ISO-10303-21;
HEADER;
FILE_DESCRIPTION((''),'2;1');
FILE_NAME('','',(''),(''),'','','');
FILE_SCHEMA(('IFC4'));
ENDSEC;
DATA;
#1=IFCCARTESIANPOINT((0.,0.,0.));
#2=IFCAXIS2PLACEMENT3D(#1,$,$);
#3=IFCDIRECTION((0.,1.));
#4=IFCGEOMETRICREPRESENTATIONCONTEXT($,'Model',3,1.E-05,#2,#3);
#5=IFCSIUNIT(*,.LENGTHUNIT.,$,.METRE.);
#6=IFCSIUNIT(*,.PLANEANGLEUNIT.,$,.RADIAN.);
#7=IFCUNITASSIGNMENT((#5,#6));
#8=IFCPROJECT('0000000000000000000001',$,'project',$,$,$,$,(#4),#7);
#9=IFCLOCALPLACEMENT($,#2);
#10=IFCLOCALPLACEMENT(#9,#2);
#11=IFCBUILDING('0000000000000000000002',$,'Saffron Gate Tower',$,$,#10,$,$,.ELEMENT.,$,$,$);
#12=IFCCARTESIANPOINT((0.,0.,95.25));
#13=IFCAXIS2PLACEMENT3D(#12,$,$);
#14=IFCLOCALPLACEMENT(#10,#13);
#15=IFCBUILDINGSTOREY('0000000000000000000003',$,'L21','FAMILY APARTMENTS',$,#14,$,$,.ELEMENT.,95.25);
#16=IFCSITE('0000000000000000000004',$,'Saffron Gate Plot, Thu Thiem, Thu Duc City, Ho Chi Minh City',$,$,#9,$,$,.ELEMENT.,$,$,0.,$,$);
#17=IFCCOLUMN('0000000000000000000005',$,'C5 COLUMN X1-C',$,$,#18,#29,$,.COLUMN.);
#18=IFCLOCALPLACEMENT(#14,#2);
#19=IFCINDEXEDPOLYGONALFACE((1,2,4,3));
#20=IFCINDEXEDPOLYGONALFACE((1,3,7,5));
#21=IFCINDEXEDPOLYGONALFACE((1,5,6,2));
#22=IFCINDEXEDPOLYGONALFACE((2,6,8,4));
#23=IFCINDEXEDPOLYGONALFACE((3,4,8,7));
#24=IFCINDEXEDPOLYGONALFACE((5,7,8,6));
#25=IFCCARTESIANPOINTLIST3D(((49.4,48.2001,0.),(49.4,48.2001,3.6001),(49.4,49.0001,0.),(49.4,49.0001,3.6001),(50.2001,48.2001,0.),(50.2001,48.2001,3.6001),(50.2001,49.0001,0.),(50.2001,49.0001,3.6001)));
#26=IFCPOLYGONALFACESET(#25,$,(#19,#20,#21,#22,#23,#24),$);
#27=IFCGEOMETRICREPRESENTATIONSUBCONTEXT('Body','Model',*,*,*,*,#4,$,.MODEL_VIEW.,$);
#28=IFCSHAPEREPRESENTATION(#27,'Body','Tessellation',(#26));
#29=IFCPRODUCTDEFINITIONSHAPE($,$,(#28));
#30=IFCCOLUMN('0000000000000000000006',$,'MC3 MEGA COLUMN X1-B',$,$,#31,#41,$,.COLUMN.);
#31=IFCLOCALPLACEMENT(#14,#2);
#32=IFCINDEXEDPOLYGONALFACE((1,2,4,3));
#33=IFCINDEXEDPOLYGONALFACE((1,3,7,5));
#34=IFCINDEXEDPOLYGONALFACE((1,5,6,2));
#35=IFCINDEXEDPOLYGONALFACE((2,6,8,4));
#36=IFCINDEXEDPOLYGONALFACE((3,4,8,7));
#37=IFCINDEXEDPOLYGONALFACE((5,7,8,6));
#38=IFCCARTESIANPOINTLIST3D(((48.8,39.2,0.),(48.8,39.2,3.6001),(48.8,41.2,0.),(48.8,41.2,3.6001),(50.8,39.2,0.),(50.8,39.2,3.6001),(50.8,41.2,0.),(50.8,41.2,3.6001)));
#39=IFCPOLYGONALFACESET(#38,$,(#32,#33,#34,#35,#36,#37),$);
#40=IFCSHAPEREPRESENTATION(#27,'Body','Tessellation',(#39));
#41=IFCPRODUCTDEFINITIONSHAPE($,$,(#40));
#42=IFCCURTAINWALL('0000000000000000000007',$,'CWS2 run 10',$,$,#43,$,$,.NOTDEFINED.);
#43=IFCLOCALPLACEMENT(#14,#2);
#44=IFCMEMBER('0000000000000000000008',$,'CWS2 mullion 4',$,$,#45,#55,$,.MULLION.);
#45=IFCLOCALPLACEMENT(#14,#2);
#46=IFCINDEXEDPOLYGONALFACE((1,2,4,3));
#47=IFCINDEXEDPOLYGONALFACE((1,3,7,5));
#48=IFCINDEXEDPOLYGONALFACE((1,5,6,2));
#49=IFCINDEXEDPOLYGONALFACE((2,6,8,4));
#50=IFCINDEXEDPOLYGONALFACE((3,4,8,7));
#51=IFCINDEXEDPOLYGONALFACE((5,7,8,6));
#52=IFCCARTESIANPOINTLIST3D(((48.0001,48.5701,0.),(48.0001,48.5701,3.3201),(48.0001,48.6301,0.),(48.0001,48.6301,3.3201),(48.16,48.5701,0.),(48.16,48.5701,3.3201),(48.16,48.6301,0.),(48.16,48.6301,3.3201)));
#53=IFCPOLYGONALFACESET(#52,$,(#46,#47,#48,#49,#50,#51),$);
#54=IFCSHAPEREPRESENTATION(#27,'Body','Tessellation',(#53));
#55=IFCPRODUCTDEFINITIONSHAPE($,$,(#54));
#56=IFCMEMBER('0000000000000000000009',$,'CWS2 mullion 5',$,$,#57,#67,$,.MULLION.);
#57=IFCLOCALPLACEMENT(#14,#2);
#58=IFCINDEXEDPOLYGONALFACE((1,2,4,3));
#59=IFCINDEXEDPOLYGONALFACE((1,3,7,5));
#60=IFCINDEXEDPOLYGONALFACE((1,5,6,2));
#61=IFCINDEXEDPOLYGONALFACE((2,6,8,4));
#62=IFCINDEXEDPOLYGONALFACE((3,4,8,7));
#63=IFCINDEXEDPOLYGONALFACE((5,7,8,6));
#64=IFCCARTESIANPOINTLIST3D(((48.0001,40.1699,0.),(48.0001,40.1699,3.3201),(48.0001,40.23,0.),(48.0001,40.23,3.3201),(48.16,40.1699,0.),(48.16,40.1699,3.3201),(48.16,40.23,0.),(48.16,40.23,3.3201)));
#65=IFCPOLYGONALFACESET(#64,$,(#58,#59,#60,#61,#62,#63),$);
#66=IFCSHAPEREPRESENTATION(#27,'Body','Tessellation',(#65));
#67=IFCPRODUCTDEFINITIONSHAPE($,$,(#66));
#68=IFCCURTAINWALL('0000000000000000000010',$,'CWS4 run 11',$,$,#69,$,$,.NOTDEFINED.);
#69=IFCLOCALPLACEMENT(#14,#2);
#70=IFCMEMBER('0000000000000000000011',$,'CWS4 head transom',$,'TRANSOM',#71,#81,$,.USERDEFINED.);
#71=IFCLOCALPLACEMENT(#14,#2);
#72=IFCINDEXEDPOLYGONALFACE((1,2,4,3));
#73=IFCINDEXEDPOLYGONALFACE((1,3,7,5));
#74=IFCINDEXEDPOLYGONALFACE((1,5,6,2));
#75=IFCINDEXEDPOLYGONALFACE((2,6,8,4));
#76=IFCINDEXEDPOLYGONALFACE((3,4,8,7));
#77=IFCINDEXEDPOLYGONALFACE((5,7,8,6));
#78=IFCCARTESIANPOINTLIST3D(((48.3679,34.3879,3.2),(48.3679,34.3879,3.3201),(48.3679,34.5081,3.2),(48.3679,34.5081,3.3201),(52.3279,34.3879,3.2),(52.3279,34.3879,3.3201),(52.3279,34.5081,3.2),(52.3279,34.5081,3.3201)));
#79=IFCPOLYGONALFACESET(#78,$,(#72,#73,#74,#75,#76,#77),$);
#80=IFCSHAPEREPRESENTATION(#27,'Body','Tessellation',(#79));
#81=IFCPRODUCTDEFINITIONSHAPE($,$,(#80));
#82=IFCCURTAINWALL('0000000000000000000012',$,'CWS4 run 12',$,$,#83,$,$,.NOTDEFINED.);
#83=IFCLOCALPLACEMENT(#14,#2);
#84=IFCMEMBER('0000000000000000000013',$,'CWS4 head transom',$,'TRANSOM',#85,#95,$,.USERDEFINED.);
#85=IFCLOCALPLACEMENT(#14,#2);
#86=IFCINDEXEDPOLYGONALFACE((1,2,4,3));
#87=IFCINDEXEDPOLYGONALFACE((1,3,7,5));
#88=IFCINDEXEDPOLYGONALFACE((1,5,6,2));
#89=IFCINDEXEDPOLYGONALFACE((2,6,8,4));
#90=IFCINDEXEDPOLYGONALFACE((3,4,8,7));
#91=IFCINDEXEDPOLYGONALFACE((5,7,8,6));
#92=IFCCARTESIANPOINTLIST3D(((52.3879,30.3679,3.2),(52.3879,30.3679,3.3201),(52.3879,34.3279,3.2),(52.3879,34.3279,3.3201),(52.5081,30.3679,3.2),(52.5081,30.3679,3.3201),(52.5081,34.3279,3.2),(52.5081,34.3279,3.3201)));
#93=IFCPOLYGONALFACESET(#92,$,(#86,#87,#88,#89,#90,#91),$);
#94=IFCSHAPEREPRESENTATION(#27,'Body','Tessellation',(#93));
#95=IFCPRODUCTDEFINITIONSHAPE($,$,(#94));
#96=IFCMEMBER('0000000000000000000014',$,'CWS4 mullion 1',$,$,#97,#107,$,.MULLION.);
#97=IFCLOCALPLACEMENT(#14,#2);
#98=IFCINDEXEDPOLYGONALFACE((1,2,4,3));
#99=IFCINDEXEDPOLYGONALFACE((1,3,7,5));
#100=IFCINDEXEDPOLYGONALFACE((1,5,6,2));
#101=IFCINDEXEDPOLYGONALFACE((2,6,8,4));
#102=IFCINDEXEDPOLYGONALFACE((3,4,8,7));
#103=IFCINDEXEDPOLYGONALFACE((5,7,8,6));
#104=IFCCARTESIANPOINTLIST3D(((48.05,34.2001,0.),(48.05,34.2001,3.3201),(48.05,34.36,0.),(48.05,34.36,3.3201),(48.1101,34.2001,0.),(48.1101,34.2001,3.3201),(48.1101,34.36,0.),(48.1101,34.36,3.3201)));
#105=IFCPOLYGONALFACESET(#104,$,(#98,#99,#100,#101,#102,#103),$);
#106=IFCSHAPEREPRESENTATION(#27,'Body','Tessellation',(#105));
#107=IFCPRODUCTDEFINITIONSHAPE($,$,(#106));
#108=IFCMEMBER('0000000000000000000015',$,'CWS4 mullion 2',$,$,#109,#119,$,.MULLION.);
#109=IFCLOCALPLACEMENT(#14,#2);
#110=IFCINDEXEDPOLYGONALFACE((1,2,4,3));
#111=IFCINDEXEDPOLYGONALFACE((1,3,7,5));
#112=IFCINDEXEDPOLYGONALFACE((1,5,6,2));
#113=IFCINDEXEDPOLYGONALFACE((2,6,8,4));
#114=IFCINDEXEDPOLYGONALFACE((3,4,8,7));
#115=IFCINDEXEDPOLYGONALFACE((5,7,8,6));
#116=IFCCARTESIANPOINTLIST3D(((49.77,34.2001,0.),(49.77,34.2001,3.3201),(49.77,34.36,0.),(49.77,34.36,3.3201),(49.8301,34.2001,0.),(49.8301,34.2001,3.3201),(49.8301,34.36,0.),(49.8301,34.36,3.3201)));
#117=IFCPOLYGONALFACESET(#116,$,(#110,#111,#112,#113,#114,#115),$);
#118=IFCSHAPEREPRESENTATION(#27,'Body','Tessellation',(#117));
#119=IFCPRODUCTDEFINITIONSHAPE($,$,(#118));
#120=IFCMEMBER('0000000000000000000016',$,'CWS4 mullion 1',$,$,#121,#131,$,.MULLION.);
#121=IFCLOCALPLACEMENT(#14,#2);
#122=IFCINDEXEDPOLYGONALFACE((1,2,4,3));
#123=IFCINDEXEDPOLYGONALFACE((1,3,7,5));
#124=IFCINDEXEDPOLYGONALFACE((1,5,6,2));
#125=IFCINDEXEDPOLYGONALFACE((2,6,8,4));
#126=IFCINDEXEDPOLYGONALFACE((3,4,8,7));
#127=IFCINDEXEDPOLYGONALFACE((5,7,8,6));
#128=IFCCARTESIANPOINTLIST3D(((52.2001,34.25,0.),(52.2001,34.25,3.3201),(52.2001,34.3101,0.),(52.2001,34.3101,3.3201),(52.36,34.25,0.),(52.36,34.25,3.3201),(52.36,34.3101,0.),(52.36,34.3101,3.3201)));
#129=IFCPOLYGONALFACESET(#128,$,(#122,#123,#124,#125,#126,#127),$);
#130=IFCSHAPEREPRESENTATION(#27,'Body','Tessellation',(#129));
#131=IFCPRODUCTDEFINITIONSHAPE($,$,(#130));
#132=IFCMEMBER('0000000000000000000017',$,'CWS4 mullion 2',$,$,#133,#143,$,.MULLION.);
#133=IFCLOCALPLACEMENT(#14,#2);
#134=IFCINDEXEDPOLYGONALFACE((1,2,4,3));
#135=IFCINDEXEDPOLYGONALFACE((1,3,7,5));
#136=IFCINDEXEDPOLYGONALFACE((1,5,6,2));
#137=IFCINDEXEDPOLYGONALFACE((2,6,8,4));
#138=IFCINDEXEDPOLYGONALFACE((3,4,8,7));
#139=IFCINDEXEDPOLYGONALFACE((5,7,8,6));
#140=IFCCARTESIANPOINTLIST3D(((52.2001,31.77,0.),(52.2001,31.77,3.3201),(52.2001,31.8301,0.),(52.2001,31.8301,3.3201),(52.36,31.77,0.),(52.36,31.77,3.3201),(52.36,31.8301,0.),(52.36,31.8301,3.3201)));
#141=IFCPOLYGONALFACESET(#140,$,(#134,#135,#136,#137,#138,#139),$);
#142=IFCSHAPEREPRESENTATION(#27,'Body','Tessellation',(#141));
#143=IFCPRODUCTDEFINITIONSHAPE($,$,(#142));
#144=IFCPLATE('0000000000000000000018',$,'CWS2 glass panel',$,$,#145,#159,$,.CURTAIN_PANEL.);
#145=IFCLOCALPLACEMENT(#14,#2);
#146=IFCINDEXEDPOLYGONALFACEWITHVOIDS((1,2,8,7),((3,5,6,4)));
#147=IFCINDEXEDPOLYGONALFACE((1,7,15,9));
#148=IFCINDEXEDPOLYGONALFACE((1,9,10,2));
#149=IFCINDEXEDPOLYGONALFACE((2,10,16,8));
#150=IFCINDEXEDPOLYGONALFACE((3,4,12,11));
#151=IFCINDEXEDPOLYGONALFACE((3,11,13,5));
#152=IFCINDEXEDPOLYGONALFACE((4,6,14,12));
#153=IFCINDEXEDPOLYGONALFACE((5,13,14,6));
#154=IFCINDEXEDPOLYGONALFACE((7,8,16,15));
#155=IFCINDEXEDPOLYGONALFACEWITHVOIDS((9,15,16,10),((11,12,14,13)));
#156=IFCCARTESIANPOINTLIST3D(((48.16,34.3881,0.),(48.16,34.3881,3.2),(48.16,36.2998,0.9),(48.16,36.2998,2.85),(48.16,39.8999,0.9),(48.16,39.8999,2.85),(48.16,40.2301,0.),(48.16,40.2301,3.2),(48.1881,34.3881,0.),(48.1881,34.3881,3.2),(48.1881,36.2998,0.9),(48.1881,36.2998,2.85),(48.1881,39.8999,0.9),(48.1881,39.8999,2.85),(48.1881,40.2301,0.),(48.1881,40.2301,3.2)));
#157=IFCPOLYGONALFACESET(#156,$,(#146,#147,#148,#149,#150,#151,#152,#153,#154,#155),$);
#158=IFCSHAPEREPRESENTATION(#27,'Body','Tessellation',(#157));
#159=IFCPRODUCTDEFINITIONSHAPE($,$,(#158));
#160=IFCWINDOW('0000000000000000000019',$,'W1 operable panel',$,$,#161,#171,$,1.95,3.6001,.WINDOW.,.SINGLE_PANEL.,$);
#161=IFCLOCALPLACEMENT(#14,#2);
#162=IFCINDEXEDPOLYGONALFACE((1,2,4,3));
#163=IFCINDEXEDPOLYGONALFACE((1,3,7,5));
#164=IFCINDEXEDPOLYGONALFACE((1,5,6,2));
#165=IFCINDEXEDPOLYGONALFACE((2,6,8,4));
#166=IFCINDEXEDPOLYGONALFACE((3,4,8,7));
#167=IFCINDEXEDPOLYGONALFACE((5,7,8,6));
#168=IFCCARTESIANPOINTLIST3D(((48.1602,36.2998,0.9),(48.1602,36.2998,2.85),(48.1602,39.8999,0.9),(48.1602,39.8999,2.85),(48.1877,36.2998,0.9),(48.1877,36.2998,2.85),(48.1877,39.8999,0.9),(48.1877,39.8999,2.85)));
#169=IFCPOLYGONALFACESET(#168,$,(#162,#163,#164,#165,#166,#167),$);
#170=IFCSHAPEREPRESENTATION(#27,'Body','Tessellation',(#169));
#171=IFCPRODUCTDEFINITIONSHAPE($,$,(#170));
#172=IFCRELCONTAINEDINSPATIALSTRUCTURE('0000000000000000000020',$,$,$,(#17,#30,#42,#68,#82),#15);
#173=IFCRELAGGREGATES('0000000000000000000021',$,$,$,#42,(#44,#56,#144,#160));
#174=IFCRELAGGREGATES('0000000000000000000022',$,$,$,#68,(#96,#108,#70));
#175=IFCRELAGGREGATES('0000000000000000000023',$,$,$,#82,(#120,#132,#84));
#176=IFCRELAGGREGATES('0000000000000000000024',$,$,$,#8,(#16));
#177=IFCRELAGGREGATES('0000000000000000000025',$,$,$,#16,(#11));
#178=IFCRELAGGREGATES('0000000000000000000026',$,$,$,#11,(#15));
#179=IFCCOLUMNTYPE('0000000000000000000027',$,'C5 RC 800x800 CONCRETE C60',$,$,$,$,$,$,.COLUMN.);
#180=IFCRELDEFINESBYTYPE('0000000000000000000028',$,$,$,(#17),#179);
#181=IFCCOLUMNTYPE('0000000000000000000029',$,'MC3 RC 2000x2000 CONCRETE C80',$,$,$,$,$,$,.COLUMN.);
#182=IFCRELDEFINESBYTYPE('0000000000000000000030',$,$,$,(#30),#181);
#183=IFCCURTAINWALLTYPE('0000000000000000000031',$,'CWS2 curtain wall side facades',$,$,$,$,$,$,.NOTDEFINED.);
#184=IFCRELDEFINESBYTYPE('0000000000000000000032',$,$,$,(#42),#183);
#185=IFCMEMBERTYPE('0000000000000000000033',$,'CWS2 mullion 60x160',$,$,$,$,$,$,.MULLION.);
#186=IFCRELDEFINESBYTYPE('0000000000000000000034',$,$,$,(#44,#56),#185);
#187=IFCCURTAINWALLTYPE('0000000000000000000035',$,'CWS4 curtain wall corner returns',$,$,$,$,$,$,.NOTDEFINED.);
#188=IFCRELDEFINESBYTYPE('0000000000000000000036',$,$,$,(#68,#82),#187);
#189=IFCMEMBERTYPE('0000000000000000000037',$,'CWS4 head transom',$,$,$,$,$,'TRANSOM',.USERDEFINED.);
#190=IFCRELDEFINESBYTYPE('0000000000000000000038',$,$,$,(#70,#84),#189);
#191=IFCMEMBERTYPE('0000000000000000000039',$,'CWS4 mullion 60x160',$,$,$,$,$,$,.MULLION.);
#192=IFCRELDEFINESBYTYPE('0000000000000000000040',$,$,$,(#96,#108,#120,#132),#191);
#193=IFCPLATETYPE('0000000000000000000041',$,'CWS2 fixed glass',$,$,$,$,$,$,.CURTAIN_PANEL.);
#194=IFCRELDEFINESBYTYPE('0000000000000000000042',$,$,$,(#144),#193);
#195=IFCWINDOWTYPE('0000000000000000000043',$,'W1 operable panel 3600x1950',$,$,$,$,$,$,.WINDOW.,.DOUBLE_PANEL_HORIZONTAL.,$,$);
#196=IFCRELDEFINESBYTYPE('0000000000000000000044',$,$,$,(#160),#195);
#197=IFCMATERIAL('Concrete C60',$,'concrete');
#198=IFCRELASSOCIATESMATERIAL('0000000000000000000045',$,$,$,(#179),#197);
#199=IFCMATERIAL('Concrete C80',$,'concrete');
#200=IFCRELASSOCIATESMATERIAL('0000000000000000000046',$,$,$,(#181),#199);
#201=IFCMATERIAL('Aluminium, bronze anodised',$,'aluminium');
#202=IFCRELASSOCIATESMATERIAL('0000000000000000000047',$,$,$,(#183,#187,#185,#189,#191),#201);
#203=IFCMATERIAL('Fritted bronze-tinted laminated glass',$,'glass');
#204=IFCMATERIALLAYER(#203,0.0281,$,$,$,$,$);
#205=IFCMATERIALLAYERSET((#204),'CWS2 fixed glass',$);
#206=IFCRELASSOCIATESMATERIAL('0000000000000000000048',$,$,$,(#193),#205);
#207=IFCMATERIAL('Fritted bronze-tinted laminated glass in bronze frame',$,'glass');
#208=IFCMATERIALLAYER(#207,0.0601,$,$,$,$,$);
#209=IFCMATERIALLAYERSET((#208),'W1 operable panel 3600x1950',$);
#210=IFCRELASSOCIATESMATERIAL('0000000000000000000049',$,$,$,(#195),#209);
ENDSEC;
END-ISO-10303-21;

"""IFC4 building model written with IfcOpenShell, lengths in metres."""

from ifc_helpers import new_model, si_unit, direction, frame, frame_2d, origin, origin_2d, place, context, subcontext, project, spatial, rectangle, extrude, material, layer, layer_set, material_profile, profile_set, type_object, element, fill, aggregate, save


model = new_model("IFC4")

# Units and contexts
model_context = context("Model", 3, precision=1e-05, world=origin(), true_north=direction((0.0, 1.0)))
body_context = subcontext(model_context, "Body", "Model", "MODEL_VIEW")
ifc_project = project(units=[si_unit("LENGTHUNIT", "METRE"), si_unit("PLANEANGLEUNIT", "RADIAN")], contexts=[model_context])

# Site, building, storey
site_placement = place(None, origin())
site = spatial("IfcSite", under=ifc_project, at=site_placement, Name="Saffron Gate Plot, Thu Thiem, Thu Duc City, Ho Chi Minh City", CompositionType="ELEMENT", RefElevation=0.0)
building_placement = place(site_placement, origin())
building = spatial("IfcBuilding", under=site, at=building_placement, Name="Saffron Gate Tower", CompositionType="ELEMENT")
storey_placement = place(building_placement, frame((0.0, 0.0, 95.25)))
storey = spatial("IfcBuildingStorey", under=building, at=storey_placement, Name="L21", Description="FAMILY APARTMENTS", CompositionType="ELEMENT", Elevation=95.25)

# Columns
ifc_material_1 = material(Name="Concrete C60", Category="concrete")
ifc_material_profile_1 = material_profile(ifc_material_1, rectangle(XDim=0.8, YDim=0.8, at=origin_2d()))
ifc_profile_set_1 = profile_set([ifc_material_profile_1], Name="Concrete C60")
column_type_1 = type_object("IfcColumnType", Name="C5 RC 800x800 CONCRETE C60", PredefinedType="COLUMN", material=ifc_profile_set_1)
column_1_placement = place(storey_placement, frame((49.8, 48.6001, 0.0), z_axis=(0.0, 0.0, 1.0), x_axis=(1.0, 0.0, 0.0)))
element("IfcColumn", 1, at=column_1_placement, inside=storey, type_object=column_type_1, Name="C5 COLUMN X1-C", PredefinedType="COLUMN", context=body_context, shape_type="SweptSolid", body=[
    extrude(rectangle(XDim=0.8, YDim=0.8, at=origin_2d()), origin(), (0.0, 0.0, 1.0), 3.6001),
])
ifc_material_2 = material(Name="Concrete C80", Category="concrete")
ifc_material_profile_2 = material_profile(ifc_material_2, rectangle(XDim=2.0, YDim=2.0, at=origin_2d()))
ifc_profile_set_2 = profile_set([ifc_material_profile_2], Name="Concrete C80")
column_type_2 = type_object("IfcColumnType", Name="MC3 RC 2000x2000 CONCRETE C80", PredefinedType="COLUMN", material=ifc_profile_set_2)
column_2_placement = place(storey_placement, frame((49.8, 40.2, 0.0), z_axis=(0.0, 0.0, 1.0), x_axis=(1.0, 0.0, 0.0)))
element("IfcColumn", 2, at=column_2_placement, inside=storey, type_object=column_type_2, Name="MC3 MEGA COLUMN X1-B", PredefinedType="COLUMN", context=body_context, shape_type="SweptSolid", body=[
    extrude(rectangle(XDim=2.0, YDim=2.0, at=origin_2d()), origin(), (0.0, 0.0, 1.0), 3.6001),
])

# Curtain wall, members
ifc_material_3 = material(Name="Aluminium, bronze anodised", Category="aluminium")
curtain_wall_type_1 = type_object("IfcCurtainWallType", Name="CWS2 curtain wall side facades", PredefinedType="NOTDEFINED", material=ifc_material_3)
curtain_wall_1_placement = place(storey_placement, origin())
curtain_wall_1 = element("IfcCurtainWall", 3, at=curtain_wall_1_placement, inside=storey, type_object=curtain_wall_type_1, Name="CWS2 run 10", PredefinedType="NOTDEFINED")
ifc_material_profile_3 = material_profile(ifc_material_3, rectangle(XDim=0.1599, YDim=0.0601, at=origin_2d()))
ifc_profile_set_3 = profile_set([ifc_material_profile_3], Name="Aluminium, bronze anodised")
member_type_1 = type_object("IfcMemberType", Name="CWS2 mullion 60x160", PredefinedType="MULLION", material=ifc_profile_set_3)
member_1_placement = place(storey_placement, frame((48.0801, 48.6001, 0.0), z_axis=(0.0, 0.0, 1.0), x_axis=(1.0, 0.0, 0.0)))
member_1 = element("IfcMember", 4, at=member_1_placement, type_object=member_type_1, Name="CWS2 mullion 4", PredefinedType="MULLION", context=body_context, shape_type="SweptSolid", body=[
    extrude(rectangle(XDim=0.1599, YDim=0.0601, at=origin_2d()), origin(), (0.0, 0.0, 1.0), 3.3201),
])
member_2_placement = place(storey_placement, frame((48.0801, 40.2, 0.0), z_axis=(0.0, 0.0, 1.0), x_axis=(1.0, 0.0, 0.0)))
member_2 = element("IfcMember", 5, at=member_2_placement, type_object=member_type_1, Name="CWS2 mullion 5", PredefinedType="MULLION", context=body_context, shape_type="SweptSolid", body=[
    extrude(rectangle(XDim=0.1599, YDim=0.0601, at=origin_2d()), origin(), (0.0, 0.0, 1.0), 3.3201),
])

# Curtain walls, members
curtain_wall_type_2 = type_object("IfcCurtainWallType", Name="CWS4 curtain wall corner returns", PredefinedType="NOTDEFINED", material=ifc_material_3)
curtain_wall_2_placement = place(storey_placement, origin())
curtain_wall_2 = element("IfcCurtainWall", 6, at=curtain_wall_2_placement, inside=storey, type_object=curtain_wall_type_2, Name="CWS4 run 11", PredefinedType="NOTDEFINED")
ifc_material_profile_4 = material_profile(ifc_material_3, rectangle(XDim=0.1201, YDim=0.1201, at=origin_2d()))
ifc_profile_set_4 = profile_set([ifc_material_profile_4], Name="Aluminium, bronze anodised")
member_type_2 = type_object("IfcMemberType", Name="CWS4 head transom", ElementType="TRANSOM", PredefinedType="USERDEFINED", material=ifc_profile_set_4)
member_3_placement = place(storey_placement, frame((48.3679, 34.448, 3.26), z_axis=(1.0, 0.0, 0.0), x_axis=(0.0, 1.0, 0.0)))
member_3 = element("IfcMember", 7, at=member_3_placement, type_object=member_type_2, Name="CWS4 head transom", ObjectType="TRANSOM", PredefinedType="USERDEFINED", context=body_context, shape_type="SweptSolid", body=[
    extrude(rectangle(XDim=0.1201, YDim=0.1201, at=origin_2d()), origin(), (0.0, 0.0, 1.0), 3.96),
])
curtain_wall_3_placement = place(storey_placement, origin())
curtain_wall_3 = element("IfcCurtainWall", 8, at=curtain_wall_3_placement, inside=storey, type_object=curtain_wall_type_2, Name="CWS4 run 12", PredefinedType="NOTDEFINED")
member_4_placement = place(storey_placement, frame((52.448, 34.3279, 3.26), z_axis=(0.0, -1.0, 0.0), x_axis=(1.0, 0.0, 0.0)))
member_4 = element("IfcMember", 9, at=member_4_placement, type_object=member_type_2, Name="CWS4 head transom", ObjectType="TRANSOM", PredefinedType="USERDEFINED", context=body_context, shape_type="SweptSolid", body=[
    extrude(rectangle(XDim=0.1201, YDim=0.1201, at=origin_2d()), origin(), (0.0, 0.0, 1.0), 3.96),
])

# Members
ifc_material_profile_5 = material_profile(ifc_material_3, rectangle(XDim=0.1599, YDim=0.0601, at=origin_2d()))
ifc_profile_set_5 = profile_set([ifc_material_profile_5], Name="Aluminium, bronze anodised")
member_type_3 = type_object("IfcMemberType", Name="CWS4 mullion 60x160", PredefinedType="MULLION", material=ifc_profile_set_5)
member_5_placement = place(storey_placement, frame((48.0801, 34.28, 0.0), z_axis=(0.0, 0.0, 1.0), x_axis=(0.0, 1.0, 0.0)))
member_5 = element("IfcMember", 10, at=member_5_placement, type_object=member_type_3, Name="CWS4 mullion 1", PredefinedType="MULLION", context=body_context, shape_type="SweptSolid", body=[
    extrude(rectangle(XDim=0.1599, YDim=0.0601, at=origin_2d()), origin(), (0.0, 0.0, 1.0), 3.3201),
])
member_6_placement = place(storey_placement, frame((49.8, 34.28, 0.0), z_axis=(0.0, 0.0, 1.0), x_axis=(0.0, 1.0, 0.0)))
member_6 = element("IfcMember", 11, at=member_6_placement, type_object=member_type_3, Name="CWS4 mullion 2", PredefinedType="MULLION", context=body_context, shape_type="SweptSolid", body=[
    extrude(rectangle(XDim=0.1599, YDim=0.0601, at=origin_2d()), origin(), (0.0, 0.0, 1.0), 3.3201),
])
member_7_placement = place(storey_placement, frame((52.28, 34.28, 0.0), z_axis=(0.0, 0.0, 1.0), x_axis=(1.0, 0.0, 0.0)))
member_7 = element("IfcMember", 12, at=member_7_placement, type_object=member_type_3, Name="CWS4 mullion 1", PredefinedType="MULLION", context=body_context, shape_type="SweptSolid", body=[
    extrude(rectangle(XDim=0.1599, YDim=0.0601, at=origin_2d()), origin(), (0.0, 0.0, 1.0), 3.3201),
])
member_8_placement = place(storey_placement, frame((52.28, 31.8, 0.0), z_axis=(0.0, 0.0, 1.0), x_axis=(1.0, 0.0, 0.0)))
member_8 = element("IfcMember", 13, at=member_8_placement, type_object=member_type_3, Name="CWS4 mullion 2", PredefinedType="MULLION", context=body_context, shape_type="SweptSolid", body=[
    extrude(rectangle(XDim=0.1599, YDim=0.0601, at=origin_2d()), origin(), (0.0, 0.0, 1.0), 3.3201),
])

# Plate, opening, window
ifc_material_4 = material(Name="Fritted bronze-tinted laminated glass", Category="glass")
ifc_layer_1 = layer(ifc_material_4, 0.0281)
ifc_layer_set_1 = layer_set([ifc_layer_1], Name="CWS2 fixed glass")
plate_type_1 = type_object("IfcPlateType", Name="CWS2 fixed glass", PredefinedType="CURTAIN_PANEL", material=ifc_layer_set_1)
plate_1_placement = place(storey_placement, frame((48.1741, 40.23, 0.0), z_axis=(0.0, 0.0, 1.0), x_axis=(0.0, -1.0, 0.0)))
plate_1 = element("IfcPlate", 14, at=plate_1_placement, type_object=plate_type_1, Name="CWS2 glass panel", PredefinedType="CURTAIN_PANEL", context=body_context, shape_type="SweptSolid", body=[
    extrude(rectangle(XDim=5.842, YDim=0.0281, at=frame_2d((2.9209, 0.0))), origin(), (0.0, 0.0, 1.0), 3.2),
])
opening_1_placement = place(plate_1_placement, frame((0.3301, 0.0, 0.8999)))
opening_1 = element("IfcOpeningElement", 15, at=opening_1_placement, cuts=plate_1, PredefinedType="OPENING", context=body_context, shape_type="SweptSolid", body=[
    extrude(rectangle(XDim=3.6001, YDim=1.95, at=frame_2d((1.8, 0.9751))), frame((0.0, 0.0239, 0.0), z_axis=(0.0, -1.0, 0.0), x_axis=(1.0, 0.0, 0.0)), (0.0, 0.0, 1.0), 0.0481),
])
ifc_material_5 = material(Name="Fritted bronze-tinted laminated glass in bronze frame", Category="glass")
ifc_layer_2 = layer(ifc_material_5, 0.0601)
ifc_layer_set_2 = layer_set([ifc_layer_2], Name="W1 operable panel 3600x1950")
window_type_1 = type_object("IfcWindowType", Name="W1 operable panel 3600x1950", PartitioningType="DOUBLE_PANEL_HORIZONTAL", PredefinedType="WINDOW", material=ifc_layer_set_2)
window_1_placement = place(opening_1_placement, origin())
window_1 = element("IfcWindow", 16, at=window_1_placement, type_object=window_type_1, Name="W1 operable panel", OverallHeight=1.95, OverallWidth=3.6001, PartitioningType="SINGLE_PANEL", PredefinedType="WINDOW", context=body_context, shape_type="SweptSolid", body=[
    extrude(rectangle(XDim=3.6001, YDim=1.95, at=frame_2d((1.8, 0.9751))), frame((0.0, 0.0137, 0.0), z_axis=(0.0, -1.0, 0.0), x_axis=(1.0, 0.0, 0.0)), (0.0, 0.0, 1.0), 0.0276),
])
fill(opening_1, window_1)
aggregate(curtain_wall_1, [member_1, member_2, plate_1, window_1])

aggregate(curtain_wall_2, [member_5, member_6, member_3])
aggregate(curtain_wall_3, [member_7, member_8, member_4])

save(model, "model.ifc")
